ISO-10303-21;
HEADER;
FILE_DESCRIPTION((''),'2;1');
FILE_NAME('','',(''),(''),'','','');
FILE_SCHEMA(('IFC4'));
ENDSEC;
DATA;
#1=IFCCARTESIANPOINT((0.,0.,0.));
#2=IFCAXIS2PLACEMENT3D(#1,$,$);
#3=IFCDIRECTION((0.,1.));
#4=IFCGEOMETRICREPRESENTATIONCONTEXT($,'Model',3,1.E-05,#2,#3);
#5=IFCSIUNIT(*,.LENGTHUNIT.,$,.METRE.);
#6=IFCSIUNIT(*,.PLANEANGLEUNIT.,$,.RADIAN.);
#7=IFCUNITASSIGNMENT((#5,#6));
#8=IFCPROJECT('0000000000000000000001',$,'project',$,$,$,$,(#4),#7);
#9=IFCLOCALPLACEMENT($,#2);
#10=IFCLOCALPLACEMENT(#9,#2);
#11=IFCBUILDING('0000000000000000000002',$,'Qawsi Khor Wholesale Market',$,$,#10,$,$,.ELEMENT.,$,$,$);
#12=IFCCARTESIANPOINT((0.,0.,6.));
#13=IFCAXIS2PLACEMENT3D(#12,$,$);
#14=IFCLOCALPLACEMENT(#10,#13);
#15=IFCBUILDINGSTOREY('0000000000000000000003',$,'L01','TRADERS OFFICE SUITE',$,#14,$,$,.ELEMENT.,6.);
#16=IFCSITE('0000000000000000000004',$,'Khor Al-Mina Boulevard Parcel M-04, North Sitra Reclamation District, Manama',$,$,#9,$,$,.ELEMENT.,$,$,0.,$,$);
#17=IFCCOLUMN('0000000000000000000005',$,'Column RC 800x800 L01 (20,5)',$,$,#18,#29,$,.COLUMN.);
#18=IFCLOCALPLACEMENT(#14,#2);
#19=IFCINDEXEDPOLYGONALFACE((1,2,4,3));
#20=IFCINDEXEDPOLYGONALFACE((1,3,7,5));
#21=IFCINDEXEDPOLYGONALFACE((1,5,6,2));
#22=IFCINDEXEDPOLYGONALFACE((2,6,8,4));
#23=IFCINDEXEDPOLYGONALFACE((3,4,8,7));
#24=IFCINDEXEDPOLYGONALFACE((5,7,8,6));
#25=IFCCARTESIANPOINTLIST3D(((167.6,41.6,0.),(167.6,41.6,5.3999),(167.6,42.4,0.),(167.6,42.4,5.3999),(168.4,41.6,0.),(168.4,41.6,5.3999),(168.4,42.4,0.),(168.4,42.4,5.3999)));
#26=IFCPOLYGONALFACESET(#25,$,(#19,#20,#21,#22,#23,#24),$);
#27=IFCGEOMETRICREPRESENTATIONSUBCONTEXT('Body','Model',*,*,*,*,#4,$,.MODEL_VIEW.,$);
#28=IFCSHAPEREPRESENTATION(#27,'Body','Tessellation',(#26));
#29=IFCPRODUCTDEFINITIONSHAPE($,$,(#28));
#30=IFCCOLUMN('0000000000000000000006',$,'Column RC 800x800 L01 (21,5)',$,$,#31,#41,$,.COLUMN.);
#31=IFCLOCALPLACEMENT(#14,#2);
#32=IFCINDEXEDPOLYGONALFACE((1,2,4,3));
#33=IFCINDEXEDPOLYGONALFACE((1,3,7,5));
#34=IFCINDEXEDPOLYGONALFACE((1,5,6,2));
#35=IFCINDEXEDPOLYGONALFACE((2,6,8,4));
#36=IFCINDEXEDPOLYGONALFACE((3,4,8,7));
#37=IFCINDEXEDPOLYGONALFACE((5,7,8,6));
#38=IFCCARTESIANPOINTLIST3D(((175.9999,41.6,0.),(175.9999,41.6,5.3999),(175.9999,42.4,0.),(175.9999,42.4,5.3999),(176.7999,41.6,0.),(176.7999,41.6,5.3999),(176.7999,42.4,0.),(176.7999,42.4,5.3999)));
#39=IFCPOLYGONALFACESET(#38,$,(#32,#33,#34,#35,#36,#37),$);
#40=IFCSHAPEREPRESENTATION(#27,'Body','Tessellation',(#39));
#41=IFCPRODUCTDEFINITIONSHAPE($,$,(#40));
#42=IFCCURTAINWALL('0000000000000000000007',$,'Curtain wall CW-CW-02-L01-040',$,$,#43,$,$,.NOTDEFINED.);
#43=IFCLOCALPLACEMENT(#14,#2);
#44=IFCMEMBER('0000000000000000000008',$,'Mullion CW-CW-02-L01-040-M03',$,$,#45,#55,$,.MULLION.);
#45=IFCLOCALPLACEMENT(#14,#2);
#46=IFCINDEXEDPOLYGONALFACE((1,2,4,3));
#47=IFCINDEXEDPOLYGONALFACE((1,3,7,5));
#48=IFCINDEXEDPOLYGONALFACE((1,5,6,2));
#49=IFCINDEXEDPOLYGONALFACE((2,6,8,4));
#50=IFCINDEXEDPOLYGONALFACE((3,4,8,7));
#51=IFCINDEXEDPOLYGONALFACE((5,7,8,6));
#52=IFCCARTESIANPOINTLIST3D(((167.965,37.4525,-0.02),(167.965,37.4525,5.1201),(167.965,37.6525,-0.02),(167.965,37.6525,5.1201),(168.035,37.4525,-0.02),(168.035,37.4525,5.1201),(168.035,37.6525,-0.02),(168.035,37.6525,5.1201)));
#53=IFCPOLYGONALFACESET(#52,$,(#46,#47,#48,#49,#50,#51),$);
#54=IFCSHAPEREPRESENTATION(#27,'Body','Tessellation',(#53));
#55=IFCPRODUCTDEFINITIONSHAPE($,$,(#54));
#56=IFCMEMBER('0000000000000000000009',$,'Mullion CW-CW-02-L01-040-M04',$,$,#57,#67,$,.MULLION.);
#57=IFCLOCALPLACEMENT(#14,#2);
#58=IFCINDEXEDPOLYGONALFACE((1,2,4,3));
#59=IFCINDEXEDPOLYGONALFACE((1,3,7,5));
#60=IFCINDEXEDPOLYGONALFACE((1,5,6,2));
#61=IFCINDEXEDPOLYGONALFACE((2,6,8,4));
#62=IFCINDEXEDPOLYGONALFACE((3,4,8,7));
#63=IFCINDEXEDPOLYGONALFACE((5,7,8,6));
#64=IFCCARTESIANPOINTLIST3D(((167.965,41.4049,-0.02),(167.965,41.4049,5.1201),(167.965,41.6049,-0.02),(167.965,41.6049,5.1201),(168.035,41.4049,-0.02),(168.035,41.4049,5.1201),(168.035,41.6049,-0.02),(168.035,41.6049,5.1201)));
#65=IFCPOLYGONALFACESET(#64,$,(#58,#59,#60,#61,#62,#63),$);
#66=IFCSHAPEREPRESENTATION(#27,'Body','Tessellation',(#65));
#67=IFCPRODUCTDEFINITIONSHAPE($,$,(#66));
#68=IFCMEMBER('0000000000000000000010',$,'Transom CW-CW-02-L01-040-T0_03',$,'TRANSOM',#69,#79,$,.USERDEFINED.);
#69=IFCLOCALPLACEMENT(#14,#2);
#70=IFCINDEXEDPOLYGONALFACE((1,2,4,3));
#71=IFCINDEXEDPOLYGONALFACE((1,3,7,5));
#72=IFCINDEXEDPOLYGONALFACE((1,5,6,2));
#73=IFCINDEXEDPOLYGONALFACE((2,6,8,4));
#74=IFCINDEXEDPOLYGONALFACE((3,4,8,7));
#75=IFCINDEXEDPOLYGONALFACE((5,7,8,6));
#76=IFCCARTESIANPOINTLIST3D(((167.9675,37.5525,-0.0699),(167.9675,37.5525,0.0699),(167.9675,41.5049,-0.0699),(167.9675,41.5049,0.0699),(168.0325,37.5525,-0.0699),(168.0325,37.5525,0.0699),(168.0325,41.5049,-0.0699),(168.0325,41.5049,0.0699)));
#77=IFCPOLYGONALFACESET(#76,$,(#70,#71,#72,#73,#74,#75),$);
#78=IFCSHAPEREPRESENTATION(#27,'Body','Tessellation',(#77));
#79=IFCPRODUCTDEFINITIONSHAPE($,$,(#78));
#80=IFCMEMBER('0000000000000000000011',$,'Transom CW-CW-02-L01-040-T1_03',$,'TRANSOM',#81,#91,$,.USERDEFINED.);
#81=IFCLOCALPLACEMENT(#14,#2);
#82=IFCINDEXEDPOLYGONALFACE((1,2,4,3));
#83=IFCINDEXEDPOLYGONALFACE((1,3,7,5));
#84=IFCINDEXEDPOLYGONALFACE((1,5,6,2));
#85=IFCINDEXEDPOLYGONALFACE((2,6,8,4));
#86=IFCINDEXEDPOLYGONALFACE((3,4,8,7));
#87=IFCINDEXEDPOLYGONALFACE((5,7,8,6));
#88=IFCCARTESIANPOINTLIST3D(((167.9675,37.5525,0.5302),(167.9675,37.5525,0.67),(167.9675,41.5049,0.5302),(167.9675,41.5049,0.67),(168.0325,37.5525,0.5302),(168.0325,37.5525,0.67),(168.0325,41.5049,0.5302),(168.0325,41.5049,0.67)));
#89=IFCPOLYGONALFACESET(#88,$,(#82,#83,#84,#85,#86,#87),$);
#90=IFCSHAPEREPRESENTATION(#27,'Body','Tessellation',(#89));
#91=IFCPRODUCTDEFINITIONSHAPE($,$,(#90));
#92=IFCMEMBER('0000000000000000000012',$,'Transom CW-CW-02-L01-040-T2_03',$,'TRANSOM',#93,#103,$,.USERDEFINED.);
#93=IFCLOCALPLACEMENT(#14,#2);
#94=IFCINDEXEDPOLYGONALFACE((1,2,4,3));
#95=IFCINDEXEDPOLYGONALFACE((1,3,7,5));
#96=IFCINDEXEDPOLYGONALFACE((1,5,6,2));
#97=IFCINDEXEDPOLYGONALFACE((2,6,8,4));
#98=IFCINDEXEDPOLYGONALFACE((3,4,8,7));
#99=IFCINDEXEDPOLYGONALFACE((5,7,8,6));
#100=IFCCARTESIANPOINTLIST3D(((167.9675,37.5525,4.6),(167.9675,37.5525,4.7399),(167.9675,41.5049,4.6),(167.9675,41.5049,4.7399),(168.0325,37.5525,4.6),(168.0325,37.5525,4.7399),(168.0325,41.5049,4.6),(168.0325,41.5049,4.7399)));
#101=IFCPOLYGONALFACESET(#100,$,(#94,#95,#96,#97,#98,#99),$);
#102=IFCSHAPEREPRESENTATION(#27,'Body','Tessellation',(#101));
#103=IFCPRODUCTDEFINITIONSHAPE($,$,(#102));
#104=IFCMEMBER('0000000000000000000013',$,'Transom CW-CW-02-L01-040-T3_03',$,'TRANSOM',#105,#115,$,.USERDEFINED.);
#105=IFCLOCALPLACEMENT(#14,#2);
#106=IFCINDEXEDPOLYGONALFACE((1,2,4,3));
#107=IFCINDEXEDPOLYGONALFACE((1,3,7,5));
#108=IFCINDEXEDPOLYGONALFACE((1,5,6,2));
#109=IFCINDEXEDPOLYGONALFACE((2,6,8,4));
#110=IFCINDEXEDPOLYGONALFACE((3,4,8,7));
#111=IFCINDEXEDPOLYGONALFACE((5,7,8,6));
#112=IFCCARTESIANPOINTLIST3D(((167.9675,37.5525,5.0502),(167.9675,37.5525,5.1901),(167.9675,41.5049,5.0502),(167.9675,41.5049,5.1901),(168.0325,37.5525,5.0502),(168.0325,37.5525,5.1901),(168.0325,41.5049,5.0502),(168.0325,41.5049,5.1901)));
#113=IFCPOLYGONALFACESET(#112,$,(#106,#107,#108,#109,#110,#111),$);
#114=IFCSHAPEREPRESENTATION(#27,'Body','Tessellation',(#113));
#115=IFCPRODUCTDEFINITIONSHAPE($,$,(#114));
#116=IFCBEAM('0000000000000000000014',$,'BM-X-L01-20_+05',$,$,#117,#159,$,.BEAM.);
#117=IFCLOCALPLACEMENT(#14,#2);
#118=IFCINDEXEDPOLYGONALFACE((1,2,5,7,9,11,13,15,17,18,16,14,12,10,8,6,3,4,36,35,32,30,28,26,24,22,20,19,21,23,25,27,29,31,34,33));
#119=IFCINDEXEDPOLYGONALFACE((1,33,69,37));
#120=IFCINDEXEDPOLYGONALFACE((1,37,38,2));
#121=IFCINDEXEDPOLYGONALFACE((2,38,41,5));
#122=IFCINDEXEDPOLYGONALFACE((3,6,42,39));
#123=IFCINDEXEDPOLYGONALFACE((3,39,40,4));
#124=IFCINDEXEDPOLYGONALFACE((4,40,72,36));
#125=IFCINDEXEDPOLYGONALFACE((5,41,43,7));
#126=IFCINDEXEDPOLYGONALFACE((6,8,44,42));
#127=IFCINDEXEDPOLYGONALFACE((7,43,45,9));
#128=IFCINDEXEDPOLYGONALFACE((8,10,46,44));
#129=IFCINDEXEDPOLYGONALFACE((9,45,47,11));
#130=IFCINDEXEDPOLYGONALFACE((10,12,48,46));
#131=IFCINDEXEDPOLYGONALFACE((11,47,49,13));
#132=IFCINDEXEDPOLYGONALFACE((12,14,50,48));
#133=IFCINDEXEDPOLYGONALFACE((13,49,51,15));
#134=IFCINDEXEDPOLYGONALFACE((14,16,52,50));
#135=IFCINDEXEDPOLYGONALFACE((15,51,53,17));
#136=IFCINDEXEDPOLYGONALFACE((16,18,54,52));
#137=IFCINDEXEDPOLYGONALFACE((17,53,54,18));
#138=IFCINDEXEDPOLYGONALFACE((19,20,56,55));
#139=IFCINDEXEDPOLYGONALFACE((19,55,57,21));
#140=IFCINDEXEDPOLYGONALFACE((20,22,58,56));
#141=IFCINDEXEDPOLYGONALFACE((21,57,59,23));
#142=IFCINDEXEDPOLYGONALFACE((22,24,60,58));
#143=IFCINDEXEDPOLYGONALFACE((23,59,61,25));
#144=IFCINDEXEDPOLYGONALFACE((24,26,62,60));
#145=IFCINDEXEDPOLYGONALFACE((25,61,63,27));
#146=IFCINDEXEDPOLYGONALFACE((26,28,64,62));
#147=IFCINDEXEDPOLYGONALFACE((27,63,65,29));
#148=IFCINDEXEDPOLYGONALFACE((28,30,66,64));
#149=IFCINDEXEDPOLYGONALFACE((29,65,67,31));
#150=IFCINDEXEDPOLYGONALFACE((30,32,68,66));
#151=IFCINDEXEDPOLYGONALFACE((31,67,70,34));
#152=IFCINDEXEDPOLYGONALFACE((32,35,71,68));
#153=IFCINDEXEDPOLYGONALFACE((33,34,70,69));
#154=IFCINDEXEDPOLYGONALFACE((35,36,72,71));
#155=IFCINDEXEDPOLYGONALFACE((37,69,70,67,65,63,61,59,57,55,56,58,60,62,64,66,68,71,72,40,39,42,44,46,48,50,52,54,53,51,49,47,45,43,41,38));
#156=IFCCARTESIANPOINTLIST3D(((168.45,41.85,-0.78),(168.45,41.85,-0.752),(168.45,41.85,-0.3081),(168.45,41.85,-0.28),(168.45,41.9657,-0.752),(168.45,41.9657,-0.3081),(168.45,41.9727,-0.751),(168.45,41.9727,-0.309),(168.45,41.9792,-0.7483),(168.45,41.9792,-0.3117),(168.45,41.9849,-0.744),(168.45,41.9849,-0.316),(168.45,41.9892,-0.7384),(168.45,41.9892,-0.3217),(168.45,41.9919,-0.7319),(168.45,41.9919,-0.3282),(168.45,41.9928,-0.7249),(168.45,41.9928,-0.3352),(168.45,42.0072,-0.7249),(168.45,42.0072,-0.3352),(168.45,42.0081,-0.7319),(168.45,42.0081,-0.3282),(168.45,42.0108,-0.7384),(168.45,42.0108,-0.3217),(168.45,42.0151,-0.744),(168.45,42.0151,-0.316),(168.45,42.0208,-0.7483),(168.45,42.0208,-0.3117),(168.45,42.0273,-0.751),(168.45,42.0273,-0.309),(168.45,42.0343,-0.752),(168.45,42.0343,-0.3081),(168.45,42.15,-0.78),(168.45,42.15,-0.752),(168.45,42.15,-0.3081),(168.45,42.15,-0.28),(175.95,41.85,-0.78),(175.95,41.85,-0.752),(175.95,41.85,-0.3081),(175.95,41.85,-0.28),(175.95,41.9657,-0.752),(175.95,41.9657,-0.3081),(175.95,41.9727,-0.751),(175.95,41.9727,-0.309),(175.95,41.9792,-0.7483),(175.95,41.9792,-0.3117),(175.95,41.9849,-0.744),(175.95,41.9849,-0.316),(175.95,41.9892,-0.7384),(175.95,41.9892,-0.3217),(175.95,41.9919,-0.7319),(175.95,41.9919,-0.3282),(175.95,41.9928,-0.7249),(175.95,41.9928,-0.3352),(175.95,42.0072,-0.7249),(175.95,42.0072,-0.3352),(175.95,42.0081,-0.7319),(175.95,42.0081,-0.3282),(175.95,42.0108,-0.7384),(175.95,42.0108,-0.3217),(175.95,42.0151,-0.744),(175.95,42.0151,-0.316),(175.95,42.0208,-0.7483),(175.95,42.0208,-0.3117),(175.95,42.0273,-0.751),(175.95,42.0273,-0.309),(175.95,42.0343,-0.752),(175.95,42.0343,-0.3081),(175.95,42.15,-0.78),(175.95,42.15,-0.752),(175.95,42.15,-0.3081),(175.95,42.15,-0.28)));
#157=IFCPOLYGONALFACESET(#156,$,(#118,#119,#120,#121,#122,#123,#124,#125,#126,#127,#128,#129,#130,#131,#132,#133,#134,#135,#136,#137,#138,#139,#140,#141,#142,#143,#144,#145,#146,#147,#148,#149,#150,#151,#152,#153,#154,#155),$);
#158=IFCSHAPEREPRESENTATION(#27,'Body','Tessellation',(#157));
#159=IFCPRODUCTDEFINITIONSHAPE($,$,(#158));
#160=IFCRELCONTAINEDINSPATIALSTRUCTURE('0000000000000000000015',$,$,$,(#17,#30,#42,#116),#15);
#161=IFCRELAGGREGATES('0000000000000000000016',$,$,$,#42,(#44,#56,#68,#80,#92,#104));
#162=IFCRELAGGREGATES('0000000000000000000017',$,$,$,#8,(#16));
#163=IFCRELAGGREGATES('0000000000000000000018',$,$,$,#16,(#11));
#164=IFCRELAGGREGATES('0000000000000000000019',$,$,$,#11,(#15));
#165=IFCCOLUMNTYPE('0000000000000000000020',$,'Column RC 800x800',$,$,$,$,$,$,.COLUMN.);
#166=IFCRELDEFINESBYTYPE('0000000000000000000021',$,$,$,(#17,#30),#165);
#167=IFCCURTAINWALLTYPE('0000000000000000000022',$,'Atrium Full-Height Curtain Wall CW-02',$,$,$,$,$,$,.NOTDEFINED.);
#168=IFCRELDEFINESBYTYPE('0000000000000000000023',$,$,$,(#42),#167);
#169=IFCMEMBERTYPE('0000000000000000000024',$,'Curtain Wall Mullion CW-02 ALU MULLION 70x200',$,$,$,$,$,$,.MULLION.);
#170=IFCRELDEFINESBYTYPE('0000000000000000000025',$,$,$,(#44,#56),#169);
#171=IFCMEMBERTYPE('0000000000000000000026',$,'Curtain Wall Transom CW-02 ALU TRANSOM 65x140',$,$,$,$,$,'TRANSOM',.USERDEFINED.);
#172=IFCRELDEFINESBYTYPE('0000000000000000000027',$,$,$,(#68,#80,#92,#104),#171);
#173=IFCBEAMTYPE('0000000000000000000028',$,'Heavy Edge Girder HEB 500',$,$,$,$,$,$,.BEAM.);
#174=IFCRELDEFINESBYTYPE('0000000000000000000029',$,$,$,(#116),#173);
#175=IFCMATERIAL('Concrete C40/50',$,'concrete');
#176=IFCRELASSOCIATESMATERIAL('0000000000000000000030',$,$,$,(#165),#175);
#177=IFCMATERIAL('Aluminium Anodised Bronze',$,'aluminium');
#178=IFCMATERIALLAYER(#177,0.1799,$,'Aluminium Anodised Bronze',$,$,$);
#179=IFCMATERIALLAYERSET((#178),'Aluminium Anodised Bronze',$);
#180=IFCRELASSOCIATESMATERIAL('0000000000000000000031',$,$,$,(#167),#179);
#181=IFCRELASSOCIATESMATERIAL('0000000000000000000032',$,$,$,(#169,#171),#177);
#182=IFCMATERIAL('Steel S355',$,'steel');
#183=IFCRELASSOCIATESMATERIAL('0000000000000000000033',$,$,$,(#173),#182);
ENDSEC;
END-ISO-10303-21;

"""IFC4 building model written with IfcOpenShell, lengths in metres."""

from ifc_helpers import new_model, si_unit, direction, frame, origin, origin_2d, place, context, subcontext, project, spatial, rectangle, i_section, extrude, material, layer, layer_set, material_profile, profile_set, type_object, element, aggregate, save


model = new_model("IFC4")

# Units and contexts
model_context = context("Model", 3, precision=1e-05, world=origin(), true_north=direction((0.0, 1.0)))
body_context = subcontext(model_context, "Body", "Model", "MODEL_VIEW")
ifc_project = project(units=[si_unit("LENGTHUNIT", "METRE"), si_unit("PLANEANGLEUNIT", "RADIAN")], contexts=[model_context])

# Site, building, storey
site_placement = place(None, origin())
site = spatial("IfcSite", under=ifc_project, at=site_placement, Name="Khor Al-Mina Boulevard Parcel M-04, North Sitra Reclamation District, Manama", CompositionType="ELEMENT", RefElevation=0.0)
building_placement = place(site_placement, origin())
building = spatial("IfcBuilding", under=site, at=building_placement, Name="Qawsi Khor Wholesale Market", CompositionType="ELEMENT")
storey_placement = place(building_placement, frame((0.0, 0.0, 6.0)))
storey = spatial("IfcBuildingStorey", under=building, at=storey_placement, Name="L01", Description="TRADERS OFFICE SUITE", CompositionType="ELEMENT", Elevation=6.0)

# Columns
ifc_material_1 = material(Name="Concrete C40/50", Category="concrete")
ifc_material_profile_1 = material_profile(ifc_material_1, rectangle(XDim=0.8, YDim=0.8, at=origin_2d()), Name="RC 800x800")
ifc_profile_set_1 = profile_set([ifc_material_profile_1], Name="Concrete C40/50")
column_type = type_object("IfcColumnType", Name="Column RC 800x800", PredefinedType="COLUMN", material=ifc_profile_set_1)
for number, where, z_axis, x_axis, name in (
    (1, (168.0, 42.0, 0.0), (0.0, 0.0, 1.0), (1.0, 0.0, 0.0), "Column RC 800x800 L01 (20,5)"),
    (2, (176.3999, 42.0, 0.0), (0.0, 0.0, 1.0), (1.0, 0.0, 0.0), "Column RC 800x800 L01 (21,5)"),
):
    element("IfcColumn", number, at=place(storey_placement, frame(where, z_axis=z_axis, x_axis=x_axis)), inside=storey, type_object=column_type, Name=name, PredefinedType="COLUMN", context=body_context, shape_type="SweptSolid", body=[
        extrude(rectangle(XDim=0.8, YDim=0.8, at=origin_2d()), origin(), (0.0, 0.0, 1.0), 5.3999),
    ])

# Curtain wall, members
ifc_material_2 = material(Name="Aluminium Anodised Bronze", Category="aluminium")
ifc_layer_1 = layer(ifc_material_2, 0.1799, Name="Aluminium Anodised Bronze")
ifc_layer_set_1 = layer_set([ifc_layer_1], Name="Aluminium Anodised Bronze")
curtain_wall_type = type_object("IfcCurtainWallType", Name="Atrium Full-Height Curtain Wall CW-02", PredefinedType="NOTDEFINED", material=ifc_layer_set_1)
curtain_wall_placement = place(storey_placement, origin())
curtain_wall = element("IfcCurtainWall", 3, at=curtain_wall_placement, inside=storey, type_object=curtain_wall_type, Name="Curtain wall CW-CW-02-L01-040", PredefinedType="NOTDEFINED")
ifc_material_profile_2 = material_profile(ifc_material_2, rectangle(XDim=0.0701, YDim=0.2, at=origin_2d()), Name="ALU MULLION 70x200")
ifc_profile_set_2 = profile_set([ifc_material_profile_2], Name="Aluminium Anodised Bronze")
member_type_1 = type_object("IfcMemberType", Name="Curtain Wall Mullion CW-02 ALU MULLION 70x200", PredefinedType="MULLION", material=ifc_profile_set_2)
member_1_placement = place(storey_placement, frame((168.0, 37.5525, -0.02), z_axis=(0.0, 0.0, 1.0), x_axis=(1.0, 0.0, 0.0)))
member_1 = element("IfcMember", 4, at=member_1_placement, type_object=member_type_1, Name="Mullion CW-CW-02-L01-040-M03", PredefinedType="MULLION", context=body_context, shape_type="SweptSolid", body=[
    extrude(rectangle(XDim=0.0701, YDim=0.2, at=origin_2d()), origin(), (0.0, 0.0, 1.0), 5.1401),
])
member_2_placement = place(storey_placement, frame((168.0, 41.5049, -0.02), z_axis=(0.0, 0.0, 1.0), x_axis=(1.0, 0.0, 0.0)))
member_2 = element("IfcMember", 5, at=member_2_placement, type_object=member_type_1, Name="Mullion CW-CW-02-L01-040-M04", PredefinedType="MULLION", context=body_context, shape_type="SweptSolid", body=[
    extrude(rectangle(XDim=0.0701, YDim=0.2, at=origin_2d()), origin(), (0.0, 0.0, 1.0), 5.1401),
])
ifc_material_profile_3 = material_profile(ifc_material_2, rectangle(XDim=0.0649, YDim=0.1399, at=origin_2d()), Name="ALU TRANSOM 65x140")
ifc_profile_set_3 = profile_set([ifc_material_profile_3], Name="Aluminium Anodised Bronze")
member_type_2 = type_object("IfcMemberType", Name="Curtain Wall Transom CW-02 ALU TRANSOM 65x140", ElementType="TRANSOM", PredefinedType="USERDEFINED", material=ifc_profile_set_3)
member_3_placement = place(storey_placement, frame((168.0, 37.5525, 0.0), z_axis=(0.0, 1.0, 0.0), x_axis=(-1.0, 0.0, 0.0)))
member_3 = element("IfcMember", 6, at=member_3_placement, type_object=member_type_2, Name="Transom CW-CW-02-L01-040-T0_03", ObjectType="TRANSOM", PredefinedType="USERDEFINED", context=body_context, shape_type="SweptSolid", body=[
    extrude(rectangle(XDim=0.0649, YDim=0.1399, at=origin_2d()), origin(), (0.0, 0.0, 1.0), 3.9524),
])
member_4_placement = place(storey_placement, frame((168.0, 37.5525, 0.6001), z_axis=(0.0, 1.0, 0.0), x_axis=(-1.0, 0.0, 0.0)))
member_4 = element("IfcMember", 7, at=member_4_placement, type_object=member_type_2, Name="Transom CW-CW-02-L01-040-T1_03", ObjectType="TRANSOM", PredefinedType="USERDEFINED", context=body_context, shape_type="SweptSolid", body=[
    extrude(rectangle(XDim=0.0649, YDim=0.1399, at=origin_2d()), origin(), (0.0, 0.0, 1.0), 3.9524),
])
member_5_placement = place(storey_placement, frame((168.0, 37.5525, 4.6699), z_axis=(0.0, 1.0, 0.0), x_axis=(-1.0, 0.0, 0.0)))
member_5 = element("IfcMember", 8, at=member_5_placement, type_object=member_type_2, Name="Transom CW-CW-02-L01-040-T2_03", ObjectType="TRANSOM", PredefinedType="USERDEFINED", context=body_context, shape_type="SweptSolid", body=[
    extrude(rectangle(XDim=0.0649, YDim=0.1399, at=origin_2d()), origin(), (0.0, 0.0, 1.0), 3.9524),
])
member_6_placement = place(storey_placement, frame((168.0, 37.5525, 5.1201), z_axis=(0.0, 1.0, 0.0), x_axis=(-1.0, 0.0, 0.0)))
member_6 = element("IfcMember", 9, at=member_6_placement, type_object=member_type_2, Name="Transom CW-CW-02-L01-040-T3_03", ObjectType="TRANSOM", PredefinedType="USERDEFINED", context=body_context, shape_type="SweptSolid", body=[
    extrude(rectangle(XDim=0.0649, YDim=0.1399, at=origin_2d()), origin(), (0.0, 0.0, 1.0), 3.9524),
])

# Beam
ifc_material_3 = material(Name="Steel S355", Category="steel")
ifc_material_profile_4 = material_profile(ifc_material_3, i_section(OverallWidth=0.3, OverallDepth=0.5, WebThickness=0.0144, FlangeThickness=0.0281, FilletRadius=0.0271, at=origin_2d()), Name="HEB 500")
ifc_profile_set_4 = profile_set([ifc_material_profile_4], Name="Steel S355")
beam_type_1 = type_object("IfcBeamType", Name="Heavy Edge Girder HEB 500", PredefinedType="BEAM", material=ifc_profile_set_4)
for number, where, z_axis, x_axis, name in (
    (10, (168.45, 42.0, -0.53), (1.0, 0.0, 0.0), (0.0, 1.0, 0.0), "BM-X-L01-20_+05"),
):
    element("IfcBeam", number, at=place(storey_placement, frame(where, z_axis=z_axis, x_axis=x_axis)), inside=storey, type_object=beam_type_1, Name=name, PredefinedType="BEAM", context=body_context, shape_type="SweptSolid", body=[
        extrude(i_section(OverallWidth=0.3, OverallDepth=0.5, WebThickness=0.0144, FlangeThickness=0.0281, FilletRadius=0.0271, at=origin_2d()), origin(), (0.0, 0.0, 1.0), 7.5),
    ])

aggregate(curtain_wall, [member_1, member_2, member_3, member_4, member_5, member_6])

save(model, "model.ifc")
